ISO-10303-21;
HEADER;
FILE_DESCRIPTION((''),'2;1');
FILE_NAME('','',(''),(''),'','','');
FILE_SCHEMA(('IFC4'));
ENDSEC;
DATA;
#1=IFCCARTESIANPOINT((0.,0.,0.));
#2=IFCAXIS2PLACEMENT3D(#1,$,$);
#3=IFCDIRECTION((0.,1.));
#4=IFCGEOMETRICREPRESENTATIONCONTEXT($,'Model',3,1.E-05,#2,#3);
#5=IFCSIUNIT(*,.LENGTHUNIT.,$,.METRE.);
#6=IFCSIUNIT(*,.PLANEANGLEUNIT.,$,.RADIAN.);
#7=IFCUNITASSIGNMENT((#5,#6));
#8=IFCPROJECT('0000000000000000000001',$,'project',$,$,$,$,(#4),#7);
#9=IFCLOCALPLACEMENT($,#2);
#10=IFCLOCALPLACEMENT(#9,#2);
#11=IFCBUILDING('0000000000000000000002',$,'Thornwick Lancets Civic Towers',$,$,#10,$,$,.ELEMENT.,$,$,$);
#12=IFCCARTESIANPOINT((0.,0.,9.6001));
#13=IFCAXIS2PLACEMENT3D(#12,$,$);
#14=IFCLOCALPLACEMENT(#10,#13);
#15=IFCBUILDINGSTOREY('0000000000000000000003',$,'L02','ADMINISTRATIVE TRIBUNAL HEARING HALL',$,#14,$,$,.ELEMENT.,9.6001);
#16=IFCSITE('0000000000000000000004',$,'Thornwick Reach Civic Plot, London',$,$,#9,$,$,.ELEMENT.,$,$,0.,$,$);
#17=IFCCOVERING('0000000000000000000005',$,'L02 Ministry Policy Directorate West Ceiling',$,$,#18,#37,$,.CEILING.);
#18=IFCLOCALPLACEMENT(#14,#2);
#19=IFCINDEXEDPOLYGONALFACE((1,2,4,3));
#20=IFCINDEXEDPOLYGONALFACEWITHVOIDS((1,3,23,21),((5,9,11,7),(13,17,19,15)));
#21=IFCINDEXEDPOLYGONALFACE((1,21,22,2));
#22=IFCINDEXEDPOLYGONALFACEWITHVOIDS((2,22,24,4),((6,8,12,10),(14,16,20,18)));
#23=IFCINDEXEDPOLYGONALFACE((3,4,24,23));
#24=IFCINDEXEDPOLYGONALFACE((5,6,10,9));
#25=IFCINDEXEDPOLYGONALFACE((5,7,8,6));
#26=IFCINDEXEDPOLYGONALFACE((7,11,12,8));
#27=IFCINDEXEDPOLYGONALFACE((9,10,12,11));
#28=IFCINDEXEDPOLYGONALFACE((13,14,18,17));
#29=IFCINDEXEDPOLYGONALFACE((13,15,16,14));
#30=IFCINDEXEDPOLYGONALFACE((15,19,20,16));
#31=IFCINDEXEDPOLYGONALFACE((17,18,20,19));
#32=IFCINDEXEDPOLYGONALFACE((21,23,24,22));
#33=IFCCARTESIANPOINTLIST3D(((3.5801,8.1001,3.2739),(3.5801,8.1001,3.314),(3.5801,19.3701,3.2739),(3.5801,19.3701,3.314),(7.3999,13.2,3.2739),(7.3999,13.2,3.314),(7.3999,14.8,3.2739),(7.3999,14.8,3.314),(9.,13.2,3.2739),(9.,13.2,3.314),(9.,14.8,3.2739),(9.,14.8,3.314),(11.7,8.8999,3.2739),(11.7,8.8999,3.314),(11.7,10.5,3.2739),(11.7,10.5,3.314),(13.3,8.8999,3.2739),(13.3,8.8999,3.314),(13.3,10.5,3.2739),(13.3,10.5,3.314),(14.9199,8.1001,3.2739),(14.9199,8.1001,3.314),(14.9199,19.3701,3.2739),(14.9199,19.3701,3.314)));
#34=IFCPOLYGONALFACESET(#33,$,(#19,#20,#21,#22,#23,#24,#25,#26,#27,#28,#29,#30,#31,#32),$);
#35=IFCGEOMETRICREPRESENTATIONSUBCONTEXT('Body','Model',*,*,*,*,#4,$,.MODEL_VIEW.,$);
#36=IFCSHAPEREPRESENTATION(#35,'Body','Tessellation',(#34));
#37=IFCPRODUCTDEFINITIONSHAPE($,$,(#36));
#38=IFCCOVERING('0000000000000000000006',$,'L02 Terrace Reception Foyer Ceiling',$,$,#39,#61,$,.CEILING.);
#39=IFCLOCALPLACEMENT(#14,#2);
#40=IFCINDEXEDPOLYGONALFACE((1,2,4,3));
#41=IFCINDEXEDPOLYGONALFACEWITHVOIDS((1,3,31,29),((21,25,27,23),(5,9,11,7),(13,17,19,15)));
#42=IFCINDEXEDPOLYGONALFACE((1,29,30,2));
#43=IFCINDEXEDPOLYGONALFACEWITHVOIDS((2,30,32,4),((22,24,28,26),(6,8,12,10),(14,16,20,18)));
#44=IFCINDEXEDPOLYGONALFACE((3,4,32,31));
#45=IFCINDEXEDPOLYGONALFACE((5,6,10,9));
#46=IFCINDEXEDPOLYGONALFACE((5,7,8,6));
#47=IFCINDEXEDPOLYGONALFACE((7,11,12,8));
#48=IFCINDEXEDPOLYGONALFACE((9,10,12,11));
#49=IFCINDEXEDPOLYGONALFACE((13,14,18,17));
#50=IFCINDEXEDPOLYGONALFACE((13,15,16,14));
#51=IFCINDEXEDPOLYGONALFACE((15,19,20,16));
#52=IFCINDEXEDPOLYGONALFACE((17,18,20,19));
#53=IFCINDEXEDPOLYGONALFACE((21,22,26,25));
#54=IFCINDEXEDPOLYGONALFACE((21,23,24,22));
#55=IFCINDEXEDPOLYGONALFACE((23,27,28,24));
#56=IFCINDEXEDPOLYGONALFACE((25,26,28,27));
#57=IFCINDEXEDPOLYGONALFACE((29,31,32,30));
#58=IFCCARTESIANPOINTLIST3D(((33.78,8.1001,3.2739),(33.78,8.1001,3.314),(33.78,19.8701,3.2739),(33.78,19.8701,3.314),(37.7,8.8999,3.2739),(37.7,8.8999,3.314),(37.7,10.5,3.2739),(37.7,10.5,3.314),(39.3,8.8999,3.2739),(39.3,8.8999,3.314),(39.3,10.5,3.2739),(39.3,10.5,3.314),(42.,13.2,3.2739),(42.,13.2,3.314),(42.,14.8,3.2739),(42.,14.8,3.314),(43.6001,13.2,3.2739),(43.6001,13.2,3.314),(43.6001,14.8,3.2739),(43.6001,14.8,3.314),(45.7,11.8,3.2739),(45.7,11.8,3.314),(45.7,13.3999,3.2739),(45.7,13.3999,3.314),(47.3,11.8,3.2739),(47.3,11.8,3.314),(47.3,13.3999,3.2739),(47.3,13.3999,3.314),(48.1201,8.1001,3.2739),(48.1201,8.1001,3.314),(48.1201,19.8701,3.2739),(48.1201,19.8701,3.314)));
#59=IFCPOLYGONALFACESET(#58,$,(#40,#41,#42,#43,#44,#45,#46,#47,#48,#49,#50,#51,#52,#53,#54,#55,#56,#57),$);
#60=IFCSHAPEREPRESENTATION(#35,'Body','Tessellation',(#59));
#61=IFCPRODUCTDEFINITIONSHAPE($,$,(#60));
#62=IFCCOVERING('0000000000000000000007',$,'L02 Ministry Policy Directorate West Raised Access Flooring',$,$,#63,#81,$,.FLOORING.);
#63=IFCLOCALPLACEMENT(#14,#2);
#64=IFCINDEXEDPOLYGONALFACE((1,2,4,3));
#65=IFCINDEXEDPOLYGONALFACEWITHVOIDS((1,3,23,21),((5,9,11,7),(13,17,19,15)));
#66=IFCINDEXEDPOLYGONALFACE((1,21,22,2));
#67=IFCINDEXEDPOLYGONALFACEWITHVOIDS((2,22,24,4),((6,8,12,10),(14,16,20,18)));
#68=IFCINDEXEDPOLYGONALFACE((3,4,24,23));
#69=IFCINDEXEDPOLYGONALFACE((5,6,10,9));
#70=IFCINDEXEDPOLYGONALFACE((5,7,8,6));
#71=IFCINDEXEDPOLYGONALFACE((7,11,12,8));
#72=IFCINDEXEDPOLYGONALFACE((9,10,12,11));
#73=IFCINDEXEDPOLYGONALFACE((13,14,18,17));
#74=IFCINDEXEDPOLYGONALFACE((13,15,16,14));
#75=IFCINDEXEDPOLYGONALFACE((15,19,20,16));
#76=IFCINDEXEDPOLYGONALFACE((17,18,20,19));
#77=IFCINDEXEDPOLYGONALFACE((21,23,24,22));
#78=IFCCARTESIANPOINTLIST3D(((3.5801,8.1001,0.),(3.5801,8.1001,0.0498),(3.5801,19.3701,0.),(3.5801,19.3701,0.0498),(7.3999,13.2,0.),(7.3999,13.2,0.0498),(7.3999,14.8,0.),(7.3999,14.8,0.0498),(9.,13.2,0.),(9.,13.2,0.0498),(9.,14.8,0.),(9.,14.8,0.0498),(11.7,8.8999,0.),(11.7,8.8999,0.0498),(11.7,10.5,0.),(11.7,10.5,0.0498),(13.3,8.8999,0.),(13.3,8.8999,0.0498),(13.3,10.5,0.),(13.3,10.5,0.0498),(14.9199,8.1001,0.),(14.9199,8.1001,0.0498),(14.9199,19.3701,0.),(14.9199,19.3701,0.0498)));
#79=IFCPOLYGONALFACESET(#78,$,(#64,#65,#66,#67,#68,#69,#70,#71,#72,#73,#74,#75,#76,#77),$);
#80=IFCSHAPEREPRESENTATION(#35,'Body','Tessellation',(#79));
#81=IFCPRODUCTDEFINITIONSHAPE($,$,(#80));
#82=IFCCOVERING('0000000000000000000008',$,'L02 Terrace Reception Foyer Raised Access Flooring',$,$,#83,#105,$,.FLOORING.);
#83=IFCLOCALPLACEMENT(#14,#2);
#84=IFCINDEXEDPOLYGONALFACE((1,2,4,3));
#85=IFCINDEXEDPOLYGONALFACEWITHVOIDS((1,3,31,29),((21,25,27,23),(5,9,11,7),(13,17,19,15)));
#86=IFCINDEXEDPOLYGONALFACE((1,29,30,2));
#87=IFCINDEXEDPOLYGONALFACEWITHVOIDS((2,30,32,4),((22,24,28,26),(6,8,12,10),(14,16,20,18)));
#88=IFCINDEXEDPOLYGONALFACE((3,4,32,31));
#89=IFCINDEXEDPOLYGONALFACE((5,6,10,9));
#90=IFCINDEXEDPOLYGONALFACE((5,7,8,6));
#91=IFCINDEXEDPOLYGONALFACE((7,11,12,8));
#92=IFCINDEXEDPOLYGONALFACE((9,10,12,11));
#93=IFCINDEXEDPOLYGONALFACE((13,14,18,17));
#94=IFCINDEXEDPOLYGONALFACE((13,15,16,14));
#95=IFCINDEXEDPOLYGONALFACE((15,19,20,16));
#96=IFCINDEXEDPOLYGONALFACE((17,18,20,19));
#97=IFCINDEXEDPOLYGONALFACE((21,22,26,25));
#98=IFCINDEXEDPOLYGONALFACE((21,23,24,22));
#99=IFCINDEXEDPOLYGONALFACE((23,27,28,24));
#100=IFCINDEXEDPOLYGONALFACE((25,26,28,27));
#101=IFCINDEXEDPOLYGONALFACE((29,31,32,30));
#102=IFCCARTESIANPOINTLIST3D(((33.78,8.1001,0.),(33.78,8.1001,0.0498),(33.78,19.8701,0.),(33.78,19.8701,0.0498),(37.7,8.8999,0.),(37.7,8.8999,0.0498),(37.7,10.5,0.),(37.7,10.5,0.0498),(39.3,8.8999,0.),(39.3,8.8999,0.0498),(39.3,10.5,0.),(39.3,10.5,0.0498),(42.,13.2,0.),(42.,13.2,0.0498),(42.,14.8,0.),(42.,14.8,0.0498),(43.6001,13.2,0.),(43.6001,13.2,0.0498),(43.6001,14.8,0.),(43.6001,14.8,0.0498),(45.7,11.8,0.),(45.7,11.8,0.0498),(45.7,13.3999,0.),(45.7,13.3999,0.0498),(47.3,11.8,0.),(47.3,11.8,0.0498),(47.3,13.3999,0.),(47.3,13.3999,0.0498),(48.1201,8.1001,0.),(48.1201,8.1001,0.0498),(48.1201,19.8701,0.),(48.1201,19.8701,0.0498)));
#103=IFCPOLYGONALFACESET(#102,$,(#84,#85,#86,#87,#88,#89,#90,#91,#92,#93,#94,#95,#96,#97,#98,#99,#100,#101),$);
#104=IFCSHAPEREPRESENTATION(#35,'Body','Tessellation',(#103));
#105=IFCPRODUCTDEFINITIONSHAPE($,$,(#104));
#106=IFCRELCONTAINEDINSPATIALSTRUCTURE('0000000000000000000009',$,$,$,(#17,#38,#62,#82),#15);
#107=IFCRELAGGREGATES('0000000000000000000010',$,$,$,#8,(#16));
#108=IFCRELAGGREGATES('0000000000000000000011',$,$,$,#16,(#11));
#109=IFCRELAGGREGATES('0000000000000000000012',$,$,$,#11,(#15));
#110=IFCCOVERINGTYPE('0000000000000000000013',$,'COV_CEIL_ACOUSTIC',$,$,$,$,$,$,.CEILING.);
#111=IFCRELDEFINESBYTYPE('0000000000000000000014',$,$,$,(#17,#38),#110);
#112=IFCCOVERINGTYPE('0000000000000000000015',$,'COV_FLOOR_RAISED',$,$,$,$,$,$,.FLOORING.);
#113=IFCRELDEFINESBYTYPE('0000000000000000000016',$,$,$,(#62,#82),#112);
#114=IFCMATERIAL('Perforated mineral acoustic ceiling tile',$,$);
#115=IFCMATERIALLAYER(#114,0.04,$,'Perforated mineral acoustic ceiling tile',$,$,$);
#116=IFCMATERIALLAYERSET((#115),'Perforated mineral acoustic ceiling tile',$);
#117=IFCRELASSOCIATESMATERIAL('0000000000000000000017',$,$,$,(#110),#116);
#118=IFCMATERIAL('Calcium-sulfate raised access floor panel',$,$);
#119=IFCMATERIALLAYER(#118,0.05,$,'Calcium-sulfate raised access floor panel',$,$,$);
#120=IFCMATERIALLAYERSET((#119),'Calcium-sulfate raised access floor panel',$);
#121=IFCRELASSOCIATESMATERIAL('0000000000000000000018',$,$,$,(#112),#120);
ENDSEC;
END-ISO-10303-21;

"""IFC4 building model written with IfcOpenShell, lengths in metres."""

from ifc_helpers import new_model, si_unit, direction, frame, origin, place, context, subcontext, project, spatial, polyline, outline, extrude, material, layer, layer_set, type_object, element, save


model = new_model("IFC4")

# Units and contexts
model_context = context("Model", 3, precision=1e-05, world=origin(), true_north=direction((0.0, 1.0)))
body_context = subcontext(model_context, "Body", "Model", "MODEL_VIEW")
ifc_project = project(units=[si_unit("LENGTHUNIT", "METRE"), si_unit("PLANEANGLEUNIT", "RADIAN")], contexts=[model_context])

# Site, building, storey
site_placement = place(None, origin())
site = spatial("IfcSite", under=ifc_project, at=site_placement, Name="Thornwick Reach Civic Plot, London", CompositionType="ELEMENT", RefElevation=0.0)
building_placement = place(site_placement, origin())
building = spatial("IfcBuilding", under=site, at=building_placement, Name="Thornwick Lancets Civic Towers", CompositionType="ELEMENT")
storey_placement = place(building_placement, frame((0.0, 0.0, 9.6001)))
storey = spatial("IfcBuildingStorey", under=building, at=storey_placement, Name="L02", Description="ADMINISTRATIVE TRIBUNAL HEARING HALL", CompositionType="ELEMENT", Elevation=9.6001)

# Coverings
ifc_material_1 = material(Name="Perforated mineral acoustic ceiling tile")
ifc_layer_1 = layer(ifc_material_1, 0.04, Name="Perforated mineral acoustic ceiling tile")
ifc_layer_set_1 = layer_set([ifc_layer_1], Name="Perforated mineral acoustic ceiling tile")
covering_type_1 = type_object("IfcCoveringType", Name="COV_CEIL_ACOUSTIC", PredefinedType="CEILING", material=ifc_layer_set_1)
covering_1_placement = place(storey_placement, frame((0.0, 0.0, 3.2739)))
element("IfcCovering", 1, at=covering_1_placement, inside=storey, type_object=covering_type_1, Name="L02 Ministry Policy Directorate West Ceiling", PredefinedType="CEILING", context=body_context, shape_type="SweptSolid", body=[
    extrude(outline(polyline([(14.9199, 8.1001), (3.5801, 8.1001), (3.5801, 19.3701), (14.9199, 19.3701), (14.9199, 8.1001)]), holes=[polyline([(11.7, 8.8999), (13.3, 8.8999), (13.3, 10.5), (11.7, 10.5), (11.7, 8.8999)]), polyline([(7.3999, 13.2), (9.0, 13.2), (9.0, 14.8), (7.3999, 14.8), (7.3999, 13.2)])]), origin(), (0.0, 0.0, 1.0), 0.04),
])
covering_2_placement = place(storey_placement, frame((0.0, 0.0, 3.2739)))
element("IfcCovering", 2, at=covering_2_placement, inside=storey, type_object=covering_type_1, Name="L02 Terrace Reception Foyer Ceiling", PredefinedType="CEILING", context=body_context, shape_type="SweptSolid", body=[
    extrude(outline(polyline([(48.1201, 8.1001), (33.78, 8.1001), (33.78, 19.8701), (48.1201, 19.8701), (48.1201, 8.1001)]), holes=[polyline([(37.7, 8.8999), (39.3, 8.8999), (39.3, 10.5), (37.7, 10.5), (37.7, 8.8999)]), polyline([(42.0, 13.2), (43.6001, 13.2), (43.6001, 14.8), (42.0, 14.8), (42.0, 13.2)]), polyline([(45.7, 11.8), (47.3, 11.8), (47.3, 13.3999), (45.7, 13.3999), (45.7, 11.8)])]), origin(), (0.0, 0.0, 1.0), 0.04),
])
ifc_material_2 = material(Name="Calcium-sulfate raised access floor panel")
ifc_layer_2 = layer(ifc_material_2, 0.05, Name="Calcium-sulfate raised access floor panel")
ifc_layer_set_2 = layer_set([ifc_layer_2], Name="Calcium-sulfate raised access floor panel")
covering_type_2 = type_object("IfcCoveringType", Name="COV_FLOOR_RAISED", PredefinedType="FLOORING", material=ifc_layer_set_2)
covering_3_placement = place(storey_placement, origin())
element("IfcCovering", 3, at=covering_3_placement, inside=storey, type_object=covering_type_2, Name="L02 Ministry Policy Directorate West Raised Access Flooring", PredefinedType="FLOORING", context=body_context, shape_type="SweptSolid", body=[
    extrude(outline(polyline([(14.9199, 8.1001), (3.5801, 8.1001), (3.5801, 19.3701), (14.9199, 19.3701), (14.9199, 8.1001)]), holes=[polyline([(11.7, 8.8999), (13.3, 8.8999), (13.3, 10.5), (11.7, 10.5), (11.7, 8.8999)]), polyline([(7.3999, 13.2), (9.0, 13.2), (9.0, 14.8), (7.3999, 14.8), (7.3999, 13.2)])]), origin(), (0.0, 0.0, 1.0), 0.0498),
])
covering_4_placement = place(storey_placement, origin())
element("IfcCovering", 4, at=covering_4_placement, inside=storey, type_object=covering_type_2, Name="L02 Terrace Reception Foyer Raised Access Flooring", PredefinedType="FLOORING", context=body_context, shape_type="SweptSolid", body=[
    extrude(outline(polyline([(48.1201, 8.1001), (33.78, 8.1001), (33.78, 19.8701), (48.1201, 19.8701), (48.1201, 8.1001)]), holes=[polyline([(37.7, 8.8999), (39.3, 8.8999), (39.3, 10.5), (37.7, 10.5), (37.7, 8.8999)]), polyline([(42.0, 13.2), (43.6001, 13.2), (43.6001, 14.8), (42.0, 14.8), (42.0, 13.2)]), polyline([(45.7, 11.8), (47.3, 11.8), (47.3, 13.3999), (45.7, 13.3999), (45.7, 11.8)])]), origin(), (0.0, 0.0, 1.0), 0.0498),
])

save(model, "model.ifc")
